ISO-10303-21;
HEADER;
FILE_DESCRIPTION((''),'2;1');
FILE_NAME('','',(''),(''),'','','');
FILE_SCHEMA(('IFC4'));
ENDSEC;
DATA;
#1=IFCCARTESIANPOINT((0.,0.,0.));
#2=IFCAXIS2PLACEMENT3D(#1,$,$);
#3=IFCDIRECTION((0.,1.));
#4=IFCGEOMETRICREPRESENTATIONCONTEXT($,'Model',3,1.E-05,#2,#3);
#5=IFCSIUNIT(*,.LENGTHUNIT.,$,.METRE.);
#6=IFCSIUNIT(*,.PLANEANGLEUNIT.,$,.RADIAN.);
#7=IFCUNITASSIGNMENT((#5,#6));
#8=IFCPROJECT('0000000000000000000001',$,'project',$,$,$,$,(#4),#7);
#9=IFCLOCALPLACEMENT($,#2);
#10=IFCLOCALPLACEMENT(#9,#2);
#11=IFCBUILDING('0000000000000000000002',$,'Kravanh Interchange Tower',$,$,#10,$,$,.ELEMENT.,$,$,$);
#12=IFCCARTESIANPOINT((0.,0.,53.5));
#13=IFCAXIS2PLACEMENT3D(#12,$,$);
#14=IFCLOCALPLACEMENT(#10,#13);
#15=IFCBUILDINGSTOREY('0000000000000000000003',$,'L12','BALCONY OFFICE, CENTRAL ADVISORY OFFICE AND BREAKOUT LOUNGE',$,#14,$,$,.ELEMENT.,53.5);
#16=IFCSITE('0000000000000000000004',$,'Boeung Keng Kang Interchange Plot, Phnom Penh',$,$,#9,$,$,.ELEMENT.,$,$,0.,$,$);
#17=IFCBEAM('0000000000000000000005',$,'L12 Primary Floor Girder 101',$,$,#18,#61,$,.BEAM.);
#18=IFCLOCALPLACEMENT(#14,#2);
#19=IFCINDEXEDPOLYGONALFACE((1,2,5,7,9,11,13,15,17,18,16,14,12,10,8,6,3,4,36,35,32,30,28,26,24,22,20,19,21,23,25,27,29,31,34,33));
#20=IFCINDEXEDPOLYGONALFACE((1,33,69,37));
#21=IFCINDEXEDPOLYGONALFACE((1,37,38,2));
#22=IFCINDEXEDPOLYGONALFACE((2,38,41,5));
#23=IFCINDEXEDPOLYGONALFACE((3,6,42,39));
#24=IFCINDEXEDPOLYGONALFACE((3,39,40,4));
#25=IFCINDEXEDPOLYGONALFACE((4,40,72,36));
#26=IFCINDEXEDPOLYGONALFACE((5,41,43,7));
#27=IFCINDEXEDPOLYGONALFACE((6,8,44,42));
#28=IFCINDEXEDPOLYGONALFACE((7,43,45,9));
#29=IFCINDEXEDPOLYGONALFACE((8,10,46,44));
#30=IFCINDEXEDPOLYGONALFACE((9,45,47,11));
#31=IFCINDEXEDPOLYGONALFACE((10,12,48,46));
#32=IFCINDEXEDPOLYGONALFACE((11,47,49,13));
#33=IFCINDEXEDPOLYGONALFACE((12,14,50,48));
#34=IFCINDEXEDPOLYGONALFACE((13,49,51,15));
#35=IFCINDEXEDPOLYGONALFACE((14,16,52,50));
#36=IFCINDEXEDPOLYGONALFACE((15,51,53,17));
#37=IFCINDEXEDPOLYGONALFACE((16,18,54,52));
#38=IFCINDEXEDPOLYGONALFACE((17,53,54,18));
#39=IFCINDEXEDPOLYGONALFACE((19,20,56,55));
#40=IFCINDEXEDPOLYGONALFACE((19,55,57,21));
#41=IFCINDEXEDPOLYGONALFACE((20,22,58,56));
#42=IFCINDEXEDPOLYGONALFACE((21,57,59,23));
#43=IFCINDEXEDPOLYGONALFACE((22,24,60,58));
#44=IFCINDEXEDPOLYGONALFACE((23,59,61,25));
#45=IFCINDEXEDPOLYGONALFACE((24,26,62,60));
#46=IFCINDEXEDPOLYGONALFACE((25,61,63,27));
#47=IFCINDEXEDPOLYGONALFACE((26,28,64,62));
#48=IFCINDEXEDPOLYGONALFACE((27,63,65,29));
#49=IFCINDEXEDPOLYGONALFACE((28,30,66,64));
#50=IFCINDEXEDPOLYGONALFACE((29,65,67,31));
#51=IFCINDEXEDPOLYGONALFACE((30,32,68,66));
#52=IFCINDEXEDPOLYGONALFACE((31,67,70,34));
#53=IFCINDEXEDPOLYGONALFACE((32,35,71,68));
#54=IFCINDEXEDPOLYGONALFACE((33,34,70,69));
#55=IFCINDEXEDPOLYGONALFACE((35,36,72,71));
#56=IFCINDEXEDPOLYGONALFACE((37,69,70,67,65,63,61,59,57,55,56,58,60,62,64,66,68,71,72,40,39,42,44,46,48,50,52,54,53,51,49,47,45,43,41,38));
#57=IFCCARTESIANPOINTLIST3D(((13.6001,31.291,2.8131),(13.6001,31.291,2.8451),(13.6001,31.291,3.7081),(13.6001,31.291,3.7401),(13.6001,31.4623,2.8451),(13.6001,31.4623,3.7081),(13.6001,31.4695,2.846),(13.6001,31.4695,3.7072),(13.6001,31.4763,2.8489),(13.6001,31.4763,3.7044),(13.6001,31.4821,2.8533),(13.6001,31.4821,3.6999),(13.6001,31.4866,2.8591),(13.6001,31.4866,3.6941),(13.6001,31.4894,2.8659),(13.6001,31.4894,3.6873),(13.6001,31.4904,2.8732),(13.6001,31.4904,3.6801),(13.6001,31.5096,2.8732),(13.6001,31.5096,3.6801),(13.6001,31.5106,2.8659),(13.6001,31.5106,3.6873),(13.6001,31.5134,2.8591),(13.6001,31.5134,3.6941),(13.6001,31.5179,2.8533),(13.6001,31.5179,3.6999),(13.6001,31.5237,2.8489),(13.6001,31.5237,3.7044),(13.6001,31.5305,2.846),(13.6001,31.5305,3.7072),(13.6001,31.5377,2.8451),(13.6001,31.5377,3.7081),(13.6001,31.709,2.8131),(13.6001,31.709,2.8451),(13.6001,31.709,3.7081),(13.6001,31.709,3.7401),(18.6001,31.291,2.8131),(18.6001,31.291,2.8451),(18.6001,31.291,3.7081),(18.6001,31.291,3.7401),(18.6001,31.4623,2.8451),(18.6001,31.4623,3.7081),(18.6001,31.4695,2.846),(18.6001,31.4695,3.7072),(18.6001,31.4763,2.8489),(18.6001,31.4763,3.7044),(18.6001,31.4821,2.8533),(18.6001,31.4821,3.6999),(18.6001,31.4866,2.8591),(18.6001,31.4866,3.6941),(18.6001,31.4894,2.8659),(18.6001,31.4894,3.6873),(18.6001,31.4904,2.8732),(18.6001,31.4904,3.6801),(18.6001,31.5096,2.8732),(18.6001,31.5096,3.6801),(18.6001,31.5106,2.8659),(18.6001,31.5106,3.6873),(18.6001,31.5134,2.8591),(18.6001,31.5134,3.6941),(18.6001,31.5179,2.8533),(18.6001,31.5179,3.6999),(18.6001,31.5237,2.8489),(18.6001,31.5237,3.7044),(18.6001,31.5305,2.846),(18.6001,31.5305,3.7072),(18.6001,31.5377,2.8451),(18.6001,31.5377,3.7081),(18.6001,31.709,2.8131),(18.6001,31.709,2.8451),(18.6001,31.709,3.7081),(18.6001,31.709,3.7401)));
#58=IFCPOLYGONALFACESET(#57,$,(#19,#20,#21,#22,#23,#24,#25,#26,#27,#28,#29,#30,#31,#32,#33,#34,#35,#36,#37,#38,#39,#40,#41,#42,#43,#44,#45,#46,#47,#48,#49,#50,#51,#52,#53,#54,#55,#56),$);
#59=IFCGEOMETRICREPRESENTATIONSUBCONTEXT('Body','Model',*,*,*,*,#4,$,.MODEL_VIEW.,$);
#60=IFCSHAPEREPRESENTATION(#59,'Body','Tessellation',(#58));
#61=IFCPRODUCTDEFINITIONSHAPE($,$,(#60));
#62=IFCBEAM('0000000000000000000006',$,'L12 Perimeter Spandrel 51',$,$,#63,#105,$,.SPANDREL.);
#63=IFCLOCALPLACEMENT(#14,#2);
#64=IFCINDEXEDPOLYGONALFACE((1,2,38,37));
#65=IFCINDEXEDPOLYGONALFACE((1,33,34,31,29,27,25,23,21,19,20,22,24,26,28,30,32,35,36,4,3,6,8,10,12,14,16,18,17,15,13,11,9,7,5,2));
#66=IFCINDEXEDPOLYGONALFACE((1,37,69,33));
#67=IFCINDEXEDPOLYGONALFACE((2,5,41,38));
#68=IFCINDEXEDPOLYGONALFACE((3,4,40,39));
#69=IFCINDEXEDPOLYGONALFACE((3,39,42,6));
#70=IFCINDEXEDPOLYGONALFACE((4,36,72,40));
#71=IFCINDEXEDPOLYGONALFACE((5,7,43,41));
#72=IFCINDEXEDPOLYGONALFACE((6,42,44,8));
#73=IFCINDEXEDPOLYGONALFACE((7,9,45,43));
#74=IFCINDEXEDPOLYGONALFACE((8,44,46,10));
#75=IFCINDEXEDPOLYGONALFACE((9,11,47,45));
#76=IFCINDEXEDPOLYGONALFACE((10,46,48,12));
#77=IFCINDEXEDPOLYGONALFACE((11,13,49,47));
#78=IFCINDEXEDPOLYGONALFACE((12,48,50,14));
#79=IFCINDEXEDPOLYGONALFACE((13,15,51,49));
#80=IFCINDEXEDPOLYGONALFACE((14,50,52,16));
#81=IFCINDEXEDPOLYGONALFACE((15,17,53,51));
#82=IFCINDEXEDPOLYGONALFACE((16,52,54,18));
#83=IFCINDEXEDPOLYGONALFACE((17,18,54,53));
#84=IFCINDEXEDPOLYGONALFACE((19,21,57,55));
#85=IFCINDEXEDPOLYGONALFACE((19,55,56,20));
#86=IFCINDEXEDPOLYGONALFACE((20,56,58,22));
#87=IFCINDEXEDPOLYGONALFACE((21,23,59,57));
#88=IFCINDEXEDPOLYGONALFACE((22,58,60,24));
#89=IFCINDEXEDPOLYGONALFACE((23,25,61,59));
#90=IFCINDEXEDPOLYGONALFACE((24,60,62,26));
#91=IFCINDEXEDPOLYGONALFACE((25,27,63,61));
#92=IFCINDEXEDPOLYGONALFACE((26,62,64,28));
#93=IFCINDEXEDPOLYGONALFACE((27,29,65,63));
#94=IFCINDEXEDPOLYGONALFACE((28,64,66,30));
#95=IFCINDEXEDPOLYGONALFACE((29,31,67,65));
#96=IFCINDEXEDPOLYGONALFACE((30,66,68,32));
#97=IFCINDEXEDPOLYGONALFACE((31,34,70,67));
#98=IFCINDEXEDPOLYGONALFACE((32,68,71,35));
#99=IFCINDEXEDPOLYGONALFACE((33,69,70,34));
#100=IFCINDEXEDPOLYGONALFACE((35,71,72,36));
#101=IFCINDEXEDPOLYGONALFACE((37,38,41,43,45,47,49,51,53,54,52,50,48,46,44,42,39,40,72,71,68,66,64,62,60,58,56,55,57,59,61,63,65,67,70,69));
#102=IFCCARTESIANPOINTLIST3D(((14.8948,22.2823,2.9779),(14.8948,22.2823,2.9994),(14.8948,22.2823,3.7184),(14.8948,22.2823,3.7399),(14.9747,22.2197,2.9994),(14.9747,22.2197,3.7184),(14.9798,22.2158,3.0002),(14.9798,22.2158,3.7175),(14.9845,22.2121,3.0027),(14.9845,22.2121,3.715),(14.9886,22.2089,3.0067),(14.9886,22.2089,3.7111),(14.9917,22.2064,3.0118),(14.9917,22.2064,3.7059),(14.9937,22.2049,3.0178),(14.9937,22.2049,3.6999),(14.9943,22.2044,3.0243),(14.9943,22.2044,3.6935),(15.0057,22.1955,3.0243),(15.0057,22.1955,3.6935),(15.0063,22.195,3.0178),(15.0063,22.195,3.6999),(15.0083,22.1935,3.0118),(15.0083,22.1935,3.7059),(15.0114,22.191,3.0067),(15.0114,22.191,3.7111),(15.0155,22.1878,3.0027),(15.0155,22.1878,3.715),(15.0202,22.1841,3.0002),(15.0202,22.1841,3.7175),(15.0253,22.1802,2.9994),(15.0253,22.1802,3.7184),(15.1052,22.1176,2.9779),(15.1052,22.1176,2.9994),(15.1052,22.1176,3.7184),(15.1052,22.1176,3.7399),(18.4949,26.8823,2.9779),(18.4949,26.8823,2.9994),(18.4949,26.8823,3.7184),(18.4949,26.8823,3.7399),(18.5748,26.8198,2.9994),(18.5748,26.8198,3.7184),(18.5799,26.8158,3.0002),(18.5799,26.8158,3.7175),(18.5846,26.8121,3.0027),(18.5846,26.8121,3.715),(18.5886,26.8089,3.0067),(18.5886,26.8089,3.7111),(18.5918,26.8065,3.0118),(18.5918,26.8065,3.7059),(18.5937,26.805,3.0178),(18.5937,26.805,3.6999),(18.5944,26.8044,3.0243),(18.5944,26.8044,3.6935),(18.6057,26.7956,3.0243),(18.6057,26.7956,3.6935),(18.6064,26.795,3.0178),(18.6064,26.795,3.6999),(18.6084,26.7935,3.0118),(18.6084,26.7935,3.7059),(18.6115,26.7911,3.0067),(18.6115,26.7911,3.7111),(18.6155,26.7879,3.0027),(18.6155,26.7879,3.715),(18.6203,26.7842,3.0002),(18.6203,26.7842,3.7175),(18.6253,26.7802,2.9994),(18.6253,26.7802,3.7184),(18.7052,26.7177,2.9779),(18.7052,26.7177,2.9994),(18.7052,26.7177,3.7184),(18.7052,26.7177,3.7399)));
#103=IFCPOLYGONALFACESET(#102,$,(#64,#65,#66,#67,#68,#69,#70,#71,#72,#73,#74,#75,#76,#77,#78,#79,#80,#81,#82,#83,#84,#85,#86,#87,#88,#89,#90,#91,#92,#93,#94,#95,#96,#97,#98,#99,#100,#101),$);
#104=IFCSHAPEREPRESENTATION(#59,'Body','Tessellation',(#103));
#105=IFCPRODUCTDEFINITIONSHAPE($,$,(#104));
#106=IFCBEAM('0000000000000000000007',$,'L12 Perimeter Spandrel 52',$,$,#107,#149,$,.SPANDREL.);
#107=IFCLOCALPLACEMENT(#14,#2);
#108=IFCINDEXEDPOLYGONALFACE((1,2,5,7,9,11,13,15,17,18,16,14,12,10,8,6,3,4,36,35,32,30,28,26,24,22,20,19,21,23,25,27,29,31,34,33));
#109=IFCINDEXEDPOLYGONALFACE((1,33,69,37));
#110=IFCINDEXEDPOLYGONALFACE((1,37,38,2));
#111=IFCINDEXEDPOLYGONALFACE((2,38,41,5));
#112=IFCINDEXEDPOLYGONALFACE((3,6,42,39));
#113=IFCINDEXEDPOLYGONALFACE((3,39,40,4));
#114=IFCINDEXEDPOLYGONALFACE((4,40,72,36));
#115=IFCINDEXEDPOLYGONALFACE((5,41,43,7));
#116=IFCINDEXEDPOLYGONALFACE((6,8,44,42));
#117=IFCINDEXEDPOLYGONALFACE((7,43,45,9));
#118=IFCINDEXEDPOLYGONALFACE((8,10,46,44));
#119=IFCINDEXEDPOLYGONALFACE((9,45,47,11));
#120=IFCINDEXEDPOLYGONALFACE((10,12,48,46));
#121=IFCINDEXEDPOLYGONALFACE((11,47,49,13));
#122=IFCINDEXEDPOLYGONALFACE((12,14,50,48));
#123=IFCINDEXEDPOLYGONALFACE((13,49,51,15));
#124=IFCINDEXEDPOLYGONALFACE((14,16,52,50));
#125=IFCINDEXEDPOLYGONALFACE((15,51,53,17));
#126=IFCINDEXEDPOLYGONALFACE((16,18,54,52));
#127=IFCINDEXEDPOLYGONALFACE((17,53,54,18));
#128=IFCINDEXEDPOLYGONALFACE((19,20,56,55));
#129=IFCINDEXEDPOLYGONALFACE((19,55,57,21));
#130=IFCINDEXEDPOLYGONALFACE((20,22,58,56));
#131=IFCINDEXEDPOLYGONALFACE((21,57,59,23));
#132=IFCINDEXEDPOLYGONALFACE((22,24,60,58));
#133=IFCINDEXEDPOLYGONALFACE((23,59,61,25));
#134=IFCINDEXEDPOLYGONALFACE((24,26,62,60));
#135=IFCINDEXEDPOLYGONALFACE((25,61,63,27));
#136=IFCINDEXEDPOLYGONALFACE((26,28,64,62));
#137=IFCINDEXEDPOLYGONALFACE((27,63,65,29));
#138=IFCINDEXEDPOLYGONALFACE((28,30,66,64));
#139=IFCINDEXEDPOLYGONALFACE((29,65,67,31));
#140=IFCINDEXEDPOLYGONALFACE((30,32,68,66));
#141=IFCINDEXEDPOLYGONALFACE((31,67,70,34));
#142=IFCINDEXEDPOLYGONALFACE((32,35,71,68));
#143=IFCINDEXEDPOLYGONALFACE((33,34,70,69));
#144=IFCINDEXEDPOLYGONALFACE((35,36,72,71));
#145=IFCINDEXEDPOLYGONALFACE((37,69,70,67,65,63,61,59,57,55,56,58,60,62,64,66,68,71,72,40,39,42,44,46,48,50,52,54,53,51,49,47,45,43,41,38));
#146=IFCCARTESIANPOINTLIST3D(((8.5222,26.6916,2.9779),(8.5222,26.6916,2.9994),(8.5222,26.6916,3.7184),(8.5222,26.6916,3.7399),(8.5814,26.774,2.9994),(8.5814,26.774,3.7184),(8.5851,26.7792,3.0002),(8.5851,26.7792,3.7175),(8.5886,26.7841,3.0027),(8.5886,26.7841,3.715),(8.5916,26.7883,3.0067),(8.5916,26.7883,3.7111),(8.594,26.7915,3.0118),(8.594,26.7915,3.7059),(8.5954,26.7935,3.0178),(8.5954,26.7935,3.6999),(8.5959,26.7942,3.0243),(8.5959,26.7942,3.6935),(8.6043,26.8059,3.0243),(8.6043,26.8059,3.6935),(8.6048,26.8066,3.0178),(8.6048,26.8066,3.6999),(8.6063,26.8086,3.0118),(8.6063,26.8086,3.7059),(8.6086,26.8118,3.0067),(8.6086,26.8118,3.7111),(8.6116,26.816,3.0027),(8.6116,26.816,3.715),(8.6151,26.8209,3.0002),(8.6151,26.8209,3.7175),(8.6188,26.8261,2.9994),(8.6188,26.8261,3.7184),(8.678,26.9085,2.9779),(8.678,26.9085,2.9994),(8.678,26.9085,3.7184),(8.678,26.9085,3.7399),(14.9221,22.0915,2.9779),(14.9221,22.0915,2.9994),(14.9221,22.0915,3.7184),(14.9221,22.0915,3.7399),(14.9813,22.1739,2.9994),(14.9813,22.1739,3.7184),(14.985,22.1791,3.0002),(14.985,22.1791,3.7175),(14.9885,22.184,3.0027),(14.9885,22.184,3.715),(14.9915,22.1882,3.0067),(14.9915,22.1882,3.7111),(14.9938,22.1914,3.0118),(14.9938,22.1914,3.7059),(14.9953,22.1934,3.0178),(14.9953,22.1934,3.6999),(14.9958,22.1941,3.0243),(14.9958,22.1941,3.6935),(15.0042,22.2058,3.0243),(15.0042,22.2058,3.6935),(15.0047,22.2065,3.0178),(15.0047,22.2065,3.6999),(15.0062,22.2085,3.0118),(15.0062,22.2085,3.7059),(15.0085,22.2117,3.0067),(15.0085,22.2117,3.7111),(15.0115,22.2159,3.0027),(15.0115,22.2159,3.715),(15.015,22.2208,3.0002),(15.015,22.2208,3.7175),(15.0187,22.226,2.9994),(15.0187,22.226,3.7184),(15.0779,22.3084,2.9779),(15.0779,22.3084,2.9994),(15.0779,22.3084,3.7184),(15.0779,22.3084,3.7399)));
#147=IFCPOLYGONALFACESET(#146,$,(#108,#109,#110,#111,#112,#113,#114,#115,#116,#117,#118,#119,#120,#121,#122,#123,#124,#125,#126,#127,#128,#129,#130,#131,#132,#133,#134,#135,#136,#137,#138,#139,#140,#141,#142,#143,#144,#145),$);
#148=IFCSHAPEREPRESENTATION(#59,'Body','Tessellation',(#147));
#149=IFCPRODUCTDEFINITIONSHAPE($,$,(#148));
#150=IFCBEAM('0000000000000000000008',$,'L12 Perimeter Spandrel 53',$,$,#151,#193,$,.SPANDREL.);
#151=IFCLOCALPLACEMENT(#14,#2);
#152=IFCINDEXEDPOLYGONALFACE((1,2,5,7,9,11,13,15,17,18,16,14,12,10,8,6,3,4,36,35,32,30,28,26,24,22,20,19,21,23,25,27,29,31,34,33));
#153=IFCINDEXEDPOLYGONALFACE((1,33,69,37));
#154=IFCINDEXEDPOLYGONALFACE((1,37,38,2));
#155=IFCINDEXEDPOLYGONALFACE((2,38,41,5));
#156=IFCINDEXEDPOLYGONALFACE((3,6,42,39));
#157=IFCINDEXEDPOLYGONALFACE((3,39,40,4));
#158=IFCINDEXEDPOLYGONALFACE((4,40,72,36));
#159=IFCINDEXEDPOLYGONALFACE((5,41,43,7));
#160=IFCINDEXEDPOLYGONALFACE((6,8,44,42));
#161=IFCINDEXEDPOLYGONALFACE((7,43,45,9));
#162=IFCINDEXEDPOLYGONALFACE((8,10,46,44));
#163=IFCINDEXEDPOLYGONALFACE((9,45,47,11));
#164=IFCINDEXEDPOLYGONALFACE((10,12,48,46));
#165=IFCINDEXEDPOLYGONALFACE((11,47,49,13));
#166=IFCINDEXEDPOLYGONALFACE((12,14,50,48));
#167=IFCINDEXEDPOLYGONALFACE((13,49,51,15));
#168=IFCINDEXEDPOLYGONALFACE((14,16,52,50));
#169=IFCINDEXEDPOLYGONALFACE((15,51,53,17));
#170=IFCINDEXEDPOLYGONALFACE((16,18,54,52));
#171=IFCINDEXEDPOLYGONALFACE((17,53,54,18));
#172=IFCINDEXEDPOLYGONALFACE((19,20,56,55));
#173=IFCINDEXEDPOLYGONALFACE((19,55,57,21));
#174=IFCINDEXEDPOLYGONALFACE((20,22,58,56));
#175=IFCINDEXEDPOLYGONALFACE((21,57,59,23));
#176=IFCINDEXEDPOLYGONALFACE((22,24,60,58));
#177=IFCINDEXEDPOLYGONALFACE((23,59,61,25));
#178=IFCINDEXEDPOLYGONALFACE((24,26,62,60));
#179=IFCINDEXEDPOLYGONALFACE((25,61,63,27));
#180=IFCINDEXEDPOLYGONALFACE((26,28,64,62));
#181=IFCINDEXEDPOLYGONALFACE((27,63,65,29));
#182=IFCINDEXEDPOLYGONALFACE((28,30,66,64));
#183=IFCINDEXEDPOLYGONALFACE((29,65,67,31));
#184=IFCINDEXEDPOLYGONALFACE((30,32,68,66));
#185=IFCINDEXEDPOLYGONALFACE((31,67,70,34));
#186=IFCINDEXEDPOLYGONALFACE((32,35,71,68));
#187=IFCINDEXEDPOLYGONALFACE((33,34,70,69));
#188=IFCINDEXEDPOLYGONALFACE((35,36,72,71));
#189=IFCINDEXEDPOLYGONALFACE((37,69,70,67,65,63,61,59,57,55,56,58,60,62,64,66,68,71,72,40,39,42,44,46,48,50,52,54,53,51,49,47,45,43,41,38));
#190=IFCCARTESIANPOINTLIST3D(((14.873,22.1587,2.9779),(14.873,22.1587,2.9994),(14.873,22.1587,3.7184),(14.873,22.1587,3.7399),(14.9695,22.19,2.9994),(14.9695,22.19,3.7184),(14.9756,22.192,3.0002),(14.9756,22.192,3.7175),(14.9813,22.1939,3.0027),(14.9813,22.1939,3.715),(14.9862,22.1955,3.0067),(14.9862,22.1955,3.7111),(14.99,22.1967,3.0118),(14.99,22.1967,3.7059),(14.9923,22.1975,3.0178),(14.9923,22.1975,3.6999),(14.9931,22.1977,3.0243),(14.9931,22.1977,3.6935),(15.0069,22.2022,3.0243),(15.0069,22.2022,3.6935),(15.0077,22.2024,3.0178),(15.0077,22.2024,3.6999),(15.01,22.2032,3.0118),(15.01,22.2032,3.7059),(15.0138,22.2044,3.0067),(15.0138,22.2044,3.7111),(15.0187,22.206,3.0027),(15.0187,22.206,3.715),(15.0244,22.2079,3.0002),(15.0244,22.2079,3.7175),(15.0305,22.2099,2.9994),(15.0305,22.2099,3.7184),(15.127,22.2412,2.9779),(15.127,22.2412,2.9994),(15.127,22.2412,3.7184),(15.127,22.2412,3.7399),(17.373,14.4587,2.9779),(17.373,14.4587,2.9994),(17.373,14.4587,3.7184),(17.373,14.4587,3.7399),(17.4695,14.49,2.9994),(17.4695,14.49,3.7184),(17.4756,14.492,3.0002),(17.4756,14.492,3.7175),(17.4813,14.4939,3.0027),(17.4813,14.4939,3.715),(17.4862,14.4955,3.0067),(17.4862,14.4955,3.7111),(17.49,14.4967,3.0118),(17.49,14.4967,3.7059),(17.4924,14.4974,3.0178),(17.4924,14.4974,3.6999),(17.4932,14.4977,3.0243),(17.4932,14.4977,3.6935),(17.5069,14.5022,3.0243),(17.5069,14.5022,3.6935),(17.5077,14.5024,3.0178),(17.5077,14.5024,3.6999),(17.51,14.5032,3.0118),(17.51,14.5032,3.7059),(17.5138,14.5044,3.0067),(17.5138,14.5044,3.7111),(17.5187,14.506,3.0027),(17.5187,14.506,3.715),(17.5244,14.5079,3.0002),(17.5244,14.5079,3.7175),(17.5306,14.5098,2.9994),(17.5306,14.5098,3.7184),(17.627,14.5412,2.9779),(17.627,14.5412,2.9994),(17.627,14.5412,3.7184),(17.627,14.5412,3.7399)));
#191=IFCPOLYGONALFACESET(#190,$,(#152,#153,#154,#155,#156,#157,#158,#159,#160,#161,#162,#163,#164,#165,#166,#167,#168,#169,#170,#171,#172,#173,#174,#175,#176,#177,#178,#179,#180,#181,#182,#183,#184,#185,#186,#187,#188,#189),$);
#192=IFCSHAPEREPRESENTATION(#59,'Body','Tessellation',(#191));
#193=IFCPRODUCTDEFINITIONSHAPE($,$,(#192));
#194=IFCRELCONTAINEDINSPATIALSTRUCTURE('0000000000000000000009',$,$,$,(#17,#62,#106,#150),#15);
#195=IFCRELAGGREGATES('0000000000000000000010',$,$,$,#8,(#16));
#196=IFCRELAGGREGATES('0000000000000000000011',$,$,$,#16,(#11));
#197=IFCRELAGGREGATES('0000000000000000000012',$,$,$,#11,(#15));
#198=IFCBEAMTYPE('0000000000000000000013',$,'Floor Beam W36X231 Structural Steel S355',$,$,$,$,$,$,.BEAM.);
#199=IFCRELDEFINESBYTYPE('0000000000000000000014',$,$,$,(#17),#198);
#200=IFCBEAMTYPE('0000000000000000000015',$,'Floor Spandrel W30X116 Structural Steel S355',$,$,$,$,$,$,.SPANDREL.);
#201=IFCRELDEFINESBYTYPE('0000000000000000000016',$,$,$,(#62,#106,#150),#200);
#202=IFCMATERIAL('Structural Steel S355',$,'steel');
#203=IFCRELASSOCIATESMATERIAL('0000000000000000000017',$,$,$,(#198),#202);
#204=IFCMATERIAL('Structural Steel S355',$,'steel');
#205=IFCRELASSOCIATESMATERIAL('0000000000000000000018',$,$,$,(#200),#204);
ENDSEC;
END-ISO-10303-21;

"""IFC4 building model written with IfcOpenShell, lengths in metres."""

from ifc_helpers import new_model, si_unit, direction, frame, origin, origin_2d, place, context, subcontext, project, spatial, i_section, extrude, material, material_profile, profile_set, type_object, element, save


model = new_model("IFC4")

# Units and contexts
model_context = context("Model", 3, precision=1e-05, world=origin(), true_north=direction((0.0, 1.0)))
body_context = subcontext(model_context, "Body", "Model", "MODEL_VIEW")
ifc_project = project(units=[si_unit("LENGTHUNIT", "METRE"), si_unit("PLANEANGLEUNIT", "RADIAN")], contexts=[model_context])

# Site, building, storey
site_placement = place(None, origin())
site = spatial("IfcSite", under=ifc_project, at=site_placement, Name="Boeung Keng Kang Interchange Plot, Phnom Penh", CompositionType="ELEMENT", RefElevation=0.0)
building_placement = place(site_placement, origin())
building = spatial("IfcBuilding", under=site, at=building_placement, Name="Kravanh Interchange Tower", CompositionType="ELEMENT")
storey_placement = place(building_placement, frame((0.0, 0.0, 53.5)))
storey = spatial("IfcBuildingStorey", under=building, at=storey_placement, Name="L12", Description="BALCONY OFFICE, CENTRAL ADVISORY OFFICE AND BREAKOUT LOUNGE", CompositionType="ELEMENT", Elevation=53.5)

# Beams
ifc_material_1 = material(Name="Structural Steel S355", Category="steel")
ifc_material_profile_1 = material_profile(ifc_material_1, i_section(OverallWidth=0.418, OverallDepth=0.927, WebThickness=0.0193, FlangeThickness=0.032, FilletRadius=0.0281, at=origin_2d()), Name="W36X231")
ifc_profile_set_1 = profile_set([ifc_material_profile_1], Name="Structural Steel S355")
beam_type_1 = type_object("IfcBeamType", Name="Floor Beam W36X231 Structural Steel S355", PredefinedType="BEAM", material=ifc_profile_set_1)
for number, where, z_axis, x_axis, name in (
    (1, (13.6001, 31.5, 3.2766), (1.0, 0.0, 0.0), (0.0, 1.0, 0.0), "L12 Primary Floor Girder 101"),
):
    element("IfcBeam", number, at=place(storey_placement, frame(where, z_axis=z_axis, x_axis=x_axis)), inside=storey, type_object=beam_type_1, Name=name, PredefinedType="BEAM", context=body_context, shape_type="SweptSolid", body=[
        extrude(i_section(OverallWidth=0.418, OverallDepth=0.927, WebThickness=0.0193, FlangeThickness=0.032, FilletRadius=0.0281, at=origin_2d()), origin(), (0.0, 0.0, 1.0), 5.0),
    ])
ifc_material_2 = material(Name="Structural Steel S355", Category="steel")
ifc_material_profile_2 = material_profile(ifc_material_2, i_section(OverallWidth=0.2671, OverallDepth=0.762, WebThickness=0.0144, FlangeThickness=0.0215, FilletRadius=0.0249, at=origin_2d()), Name="W30X116")
ifc_profile_set_2 = profile_set([ifc_material_profile_2], Name="Structural Steel S355")
beam_type_2 = type_object("IfcBeamType", Name="Floor Spandrel W30X116 Structural Steel S355", PredefinedType="SPANDREL", material=ifc_profile_set_2)
beam_1_placement = place(storey_placement, frame((15.0, 22.2, 3.3589), z_axis=(0.616311, 0.787503, 0.0), x_axis=(-0.787503, 0.616311, 0.0)))
element("IfcBeam", 2, at=beam_1_placement, inside=storey, type_object=beam_type_2, Name="L12 Perimeter Spandrel 51", PredefinedType="SPANDREL", context=body_context, shape_type="SweptSolid", body=[
    extrude(i_section(OverallWidth=0.2671, OverallDepth=0.762, WebThickness=0.0144, FlangeThickness=0.0215, FilletRadius=0.0249, at=origin_2d()), origin(), (0.0, 0.0, 1.0), 5.8413),
])
beam_2_placement = place(storey_placement, frame((15.0, 22.2, 3.3589), z_axis=(-0.812005, 0.58365, 0.0), x_axis=(-0.58365, -0.812005, 0.0)))
element("IfcBeam", 3, at=beam_2_placement, inside=storey, type_object=beam_type_2, Name="L12 Perimeter Spandrel 52", PredefinedType="SPANDREL", context=body_context, shape_type="SweptSolid", body=[
    extrude(i_section(OverallWidth=0.2671, OverallDepth=0.762, WebThickness=0.0144, FlangeThickness=0.0215, FilletRadius=0.0249, at=origin_2d()), origin(), (0.0, 0.0, 1.0), 7.8816),
])
beam_3_placement = place(storey_placement, frame((15.0, 22.2, 3.3589), z_axis=(0.308809, -0.951124, 0.0), x_axis=(0.951124, 0.308809, 0.0)))
element("IfcBeam", 4, at=beam_3_placement, inside=storey, type_object=beam_type_2, Name="L12 Perimeter Spandrel 53", PredefinedType="SPANDREL", context=body_context, shape_type="SweptSolid", body=[
    extrude(i_section(OverallWidth=0.2671, OverallDepth=0.762, WebThickness=0.0144, FlangeThickness=0.0215, FilletRadius=0.0249, at=origin_2d()), origin(), (0.0, 0.0, 1.0), 8.0957),
])

save(model, "model.ifc")
